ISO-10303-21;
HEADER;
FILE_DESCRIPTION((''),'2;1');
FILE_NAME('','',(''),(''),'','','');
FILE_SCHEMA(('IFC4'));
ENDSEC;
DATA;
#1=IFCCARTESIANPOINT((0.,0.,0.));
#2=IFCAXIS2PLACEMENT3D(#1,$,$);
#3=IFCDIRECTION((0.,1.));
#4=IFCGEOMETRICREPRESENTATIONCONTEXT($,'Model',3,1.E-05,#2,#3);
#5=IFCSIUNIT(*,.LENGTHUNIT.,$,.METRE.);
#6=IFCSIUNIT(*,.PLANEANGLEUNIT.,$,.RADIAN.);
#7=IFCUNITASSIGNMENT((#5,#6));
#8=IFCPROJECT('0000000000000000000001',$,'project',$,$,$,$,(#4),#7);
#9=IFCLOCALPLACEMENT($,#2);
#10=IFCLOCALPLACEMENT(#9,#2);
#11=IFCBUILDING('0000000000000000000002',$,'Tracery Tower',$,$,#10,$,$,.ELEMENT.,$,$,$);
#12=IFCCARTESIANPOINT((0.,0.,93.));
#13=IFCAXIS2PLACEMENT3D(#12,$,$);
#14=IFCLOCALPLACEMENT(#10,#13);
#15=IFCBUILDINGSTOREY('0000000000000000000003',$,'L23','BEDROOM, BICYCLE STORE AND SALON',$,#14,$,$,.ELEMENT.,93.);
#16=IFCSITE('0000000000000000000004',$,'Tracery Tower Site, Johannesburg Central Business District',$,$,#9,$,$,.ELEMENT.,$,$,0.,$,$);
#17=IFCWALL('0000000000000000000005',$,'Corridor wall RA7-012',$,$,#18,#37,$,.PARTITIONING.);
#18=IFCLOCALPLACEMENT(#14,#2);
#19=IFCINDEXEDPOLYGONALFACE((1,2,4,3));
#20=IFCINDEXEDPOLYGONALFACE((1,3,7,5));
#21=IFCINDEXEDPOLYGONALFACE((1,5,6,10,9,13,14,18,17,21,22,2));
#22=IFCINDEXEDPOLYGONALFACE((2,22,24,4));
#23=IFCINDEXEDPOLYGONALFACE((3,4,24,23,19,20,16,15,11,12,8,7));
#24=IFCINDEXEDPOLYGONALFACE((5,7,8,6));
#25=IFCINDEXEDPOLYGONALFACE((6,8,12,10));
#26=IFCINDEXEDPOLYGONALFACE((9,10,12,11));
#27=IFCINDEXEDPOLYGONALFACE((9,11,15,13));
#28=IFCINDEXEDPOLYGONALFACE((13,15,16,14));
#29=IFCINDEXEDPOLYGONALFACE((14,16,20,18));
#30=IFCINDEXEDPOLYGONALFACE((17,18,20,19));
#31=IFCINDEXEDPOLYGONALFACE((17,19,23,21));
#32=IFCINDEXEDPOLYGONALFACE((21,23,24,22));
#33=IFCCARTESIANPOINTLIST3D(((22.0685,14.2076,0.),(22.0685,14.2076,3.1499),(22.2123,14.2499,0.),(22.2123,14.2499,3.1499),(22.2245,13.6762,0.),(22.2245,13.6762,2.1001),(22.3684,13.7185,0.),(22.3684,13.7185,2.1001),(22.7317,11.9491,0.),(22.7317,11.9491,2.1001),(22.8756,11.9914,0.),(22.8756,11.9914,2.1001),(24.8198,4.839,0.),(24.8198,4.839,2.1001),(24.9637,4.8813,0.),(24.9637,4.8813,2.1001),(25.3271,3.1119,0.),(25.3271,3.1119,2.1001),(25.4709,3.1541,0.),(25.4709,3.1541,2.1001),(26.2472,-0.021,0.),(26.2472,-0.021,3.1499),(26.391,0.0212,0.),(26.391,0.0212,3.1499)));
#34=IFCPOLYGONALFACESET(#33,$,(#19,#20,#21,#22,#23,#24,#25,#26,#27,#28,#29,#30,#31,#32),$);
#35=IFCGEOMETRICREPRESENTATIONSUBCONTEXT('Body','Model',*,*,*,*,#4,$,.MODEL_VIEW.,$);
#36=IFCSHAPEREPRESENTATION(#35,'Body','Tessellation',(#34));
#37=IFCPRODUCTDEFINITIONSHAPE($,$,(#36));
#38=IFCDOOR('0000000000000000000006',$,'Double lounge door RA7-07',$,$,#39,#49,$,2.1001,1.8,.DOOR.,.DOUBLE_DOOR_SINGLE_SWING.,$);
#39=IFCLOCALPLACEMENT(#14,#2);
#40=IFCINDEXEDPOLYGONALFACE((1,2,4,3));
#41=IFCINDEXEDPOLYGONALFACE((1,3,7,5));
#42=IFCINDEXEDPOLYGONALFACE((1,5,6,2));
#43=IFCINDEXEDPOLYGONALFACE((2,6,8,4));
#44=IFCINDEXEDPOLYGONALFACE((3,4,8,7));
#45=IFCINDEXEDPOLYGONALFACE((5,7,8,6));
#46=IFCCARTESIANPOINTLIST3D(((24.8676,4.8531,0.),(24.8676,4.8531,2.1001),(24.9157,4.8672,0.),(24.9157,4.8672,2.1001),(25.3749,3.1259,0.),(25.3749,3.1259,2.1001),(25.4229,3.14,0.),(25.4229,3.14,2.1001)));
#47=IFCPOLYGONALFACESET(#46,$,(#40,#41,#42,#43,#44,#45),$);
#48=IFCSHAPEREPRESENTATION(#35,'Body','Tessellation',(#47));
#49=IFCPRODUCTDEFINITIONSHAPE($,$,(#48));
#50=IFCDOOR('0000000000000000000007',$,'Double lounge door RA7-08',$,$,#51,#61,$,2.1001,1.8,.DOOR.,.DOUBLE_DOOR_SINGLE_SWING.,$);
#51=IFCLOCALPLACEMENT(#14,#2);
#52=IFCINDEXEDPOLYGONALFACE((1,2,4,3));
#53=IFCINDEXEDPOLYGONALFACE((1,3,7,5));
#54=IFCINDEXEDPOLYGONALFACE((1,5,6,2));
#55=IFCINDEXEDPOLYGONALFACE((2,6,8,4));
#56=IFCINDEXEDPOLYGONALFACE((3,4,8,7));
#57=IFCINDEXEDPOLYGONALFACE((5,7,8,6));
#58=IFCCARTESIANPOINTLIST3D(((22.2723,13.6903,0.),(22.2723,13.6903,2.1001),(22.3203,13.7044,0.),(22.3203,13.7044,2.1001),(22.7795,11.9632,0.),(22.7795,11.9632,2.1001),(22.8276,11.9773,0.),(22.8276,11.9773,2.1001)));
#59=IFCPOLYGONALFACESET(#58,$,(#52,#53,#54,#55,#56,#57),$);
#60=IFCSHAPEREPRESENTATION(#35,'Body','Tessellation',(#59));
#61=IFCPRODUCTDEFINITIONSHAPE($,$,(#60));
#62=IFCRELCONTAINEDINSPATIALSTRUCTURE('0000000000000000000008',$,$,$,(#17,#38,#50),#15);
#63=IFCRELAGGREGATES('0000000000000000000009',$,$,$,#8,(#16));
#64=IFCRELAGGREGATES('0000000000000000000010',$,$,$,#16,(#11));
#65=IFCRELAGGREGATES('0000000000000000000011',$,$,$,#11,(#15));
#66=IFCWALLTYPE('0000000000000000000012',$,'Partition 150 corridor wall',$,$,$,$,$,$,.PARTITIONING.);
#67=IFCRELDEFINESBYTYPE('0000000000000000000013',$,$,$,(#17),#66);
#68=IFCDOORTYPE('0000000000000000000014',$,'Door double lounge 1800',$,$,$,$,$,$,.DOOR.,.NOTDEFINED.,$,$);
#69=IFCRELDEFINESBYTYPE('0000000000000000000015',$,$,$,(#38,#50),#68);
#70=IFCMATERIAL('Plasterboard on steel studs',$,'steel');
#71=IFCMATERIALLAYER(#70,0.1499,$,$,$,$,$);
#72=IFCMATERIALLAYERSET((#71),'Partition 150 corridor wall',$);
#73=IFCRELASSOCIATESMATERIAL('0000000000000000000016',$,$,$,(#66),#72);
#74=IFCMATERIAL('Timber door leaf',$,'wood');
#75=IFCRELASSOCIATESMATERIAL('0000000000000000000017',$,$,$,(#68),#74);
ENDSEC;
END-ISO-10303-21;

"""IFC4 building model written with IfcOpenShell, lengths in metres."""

from ifc_helpers import new_model, si_unit, direction, frame, frame_2d, origin, place, context, subcontext, project, spatial, rectangle, extrude, material, layer, layer_set, type_object, element, fill, save


model = new_model("IFC4")

# Units and contexts
model_context = context("Model", 3, precision=1e-05, world=origin(), true_north=direction((0.0, 1.0)))
body_context = subcontext(model_context, "Body", "Model", "MODEL_VIEW")
ifc_project = project(units=[si_unit("LENGTHUNIT", "METRE"), si_unit("PLANEANGLEUNIT", "RADIAN")], contexts=[model_context])

# Site, building, storey
site_placement = place(None, origin())
site = spatial("IfcSite", under=ifc_project, at=site_placement, Name="Tracery Tower Site, Johannesburg Central Business District", CompositionType="ELEMENT", RefElevation=0.0)
building_placement = place(site_placement, origin())
building = spatial("IfcBuilding", under=site, at=building_placement, Name="Tracery Tower", CompositionType="ELEMENT")
storey_placement = place(building_placement, frame((0.0, 0.0, 93.0)))
storey = spatial("IfcBuildingStorey", under=building, at=storey_placement, Name="L23", Description="BEDROOM, BICYCLE STORE AND SALON", CompositionType="ELEMENT", Elevation=93.0)

# Shared definitions
ifc_material_1 = material(Name="Plasterboard on steel studs", Category="steel")
ifc_layer_1 = layer(ifc_material_1, 0.1499)
ifc_layer_set_1 = layer_set([ifc_layer_1], Name="Partition 150 corridor wall")
wall_type_1 = type_object("IfcWallType", Name="Partition 150 corridor wall", PredefinedType="PARTITIONING", material=ifc_layer_set_1)

# Wall, openings, doors
wall_1_placement = place(storey_placement, frame((22.1404, 14.2288, 0.0), z_axis=(0.0, 0.0, 1.0), x_axis=(0.28178, -0.959479, 0.0)))
wall_1 = element("IfcWall", 1, at=wall_1_placement, inside=storey, type_object=wall_type_1, Name="Corridor wall RA7-012", PredefinedType="PARTITIONING", context=body_context, shape_type="SweptSolid", body=[
    extrude(rectangle(XDim=14.8296, YDim=0.1499, at=frame_2d((7.4148, 0.0))), origin(), (0.0, 0.0, 1.0), 3.1499),
])
opening_1_placement = place(wall_1_placement, frame((9.7644, 0.0, 0.0)))
opening_1 = element("IfcOpeningElement", 2, at=opening_1_placement, cuts=wall_1, PredefinedType="OPENING", context=body_context, shape_type="SweptSolid", body=[
    extrude(rectangle(XDim=1.8, YDim=2.1001, at=frame_2d((0.8999, 1.05))), frame((0.0, 0.075, 0.0), z_axis=(0.0, -1.0, 0.0), x_axis=(1.0, 0.0, 0.0)), (0.0, 0.0, 1.0), 0.1499),
])
opening_2_placement = place(wall_1_placement, frame((0.554, 0.0, 0.0)))
opening_2 = element("IfcOpeningElement", 3, at=opening_2_placement, cuts=wall_1, PredefinedType="OPENING", context=body_context, shape_type="SweptSolid", body=[
    extrude(rectangle(XDim=1.8, YDim=2.1001, at=frame_2d((0.8999, 1.05))), frame((0.0, 0.075, 0.0), z_axis=(0.0, -1.0, 0.0), x_axis=(1.0, 0.0, 0.0)), (0.0, 0.0, 1.0), 0.1499),
])
ifc_material_2 = material(Name="Timber door leaf", Category="wood")
door_type = type_object("IfcDoorType", Name="Door double lounge 1800", OperationType="NOTDEFINED", PredefinedType="DOOR", material=ifc_material_2)
door_1_placement = place(opening_1_placement, origin())
door_1 = element("IfcDoor", 4, at=door_1_placement, inside=storey, type_object=door_type, Name="Double lounge door RA7-07", OperationType="DOUBLE_DOOR_SINGLE_SWING", OverallHeight=2.1001, OverallWidth=1.8, PredefinedType="DOOR", context=body_context, shape_type="SweptSolid", body=[
    extrude(rectangle(XDim=1.8, YDim=2.1001, at=frame_2d((0.8999, 1.05))), frame((0.0, 0.0249, 0.0), z_axis=(0.0, -1.0, 0.0), x_axis=(1.0, 0.0, 0.0)), (0.0, 0.0, 1.0), 0.05),
])
fill(opening_1, door_1)
door_2_placement = place(opening_2_placement, origin())
door_2 = element("IfcDoor", 5, at=door_2_placement, inside=storey, type_object=door_type, Name="Double lounge door RA7-08", OperationType="DOUBLE_DOOR_SINGLE_SWING", OverallHeight=2.1001, OverallWidth=1.8, PredefinedType="DOOR", context=body_context, shape_type="SweptSolid", body=[
    extrude(rectangle(XDim=1.8, YDim=2.1001, at=frame_2d((0.8999, 1.05))), frame((0.0, 0.0249, 0.0), z_axis=(0.0, -1.0, 0.0), x_axis=(1.0, 0.0, 0.0)), (0.0, 0.0, 1.0), 0.05),
])
fill(opening_2, door_2)

save(model, "model.ifc")
